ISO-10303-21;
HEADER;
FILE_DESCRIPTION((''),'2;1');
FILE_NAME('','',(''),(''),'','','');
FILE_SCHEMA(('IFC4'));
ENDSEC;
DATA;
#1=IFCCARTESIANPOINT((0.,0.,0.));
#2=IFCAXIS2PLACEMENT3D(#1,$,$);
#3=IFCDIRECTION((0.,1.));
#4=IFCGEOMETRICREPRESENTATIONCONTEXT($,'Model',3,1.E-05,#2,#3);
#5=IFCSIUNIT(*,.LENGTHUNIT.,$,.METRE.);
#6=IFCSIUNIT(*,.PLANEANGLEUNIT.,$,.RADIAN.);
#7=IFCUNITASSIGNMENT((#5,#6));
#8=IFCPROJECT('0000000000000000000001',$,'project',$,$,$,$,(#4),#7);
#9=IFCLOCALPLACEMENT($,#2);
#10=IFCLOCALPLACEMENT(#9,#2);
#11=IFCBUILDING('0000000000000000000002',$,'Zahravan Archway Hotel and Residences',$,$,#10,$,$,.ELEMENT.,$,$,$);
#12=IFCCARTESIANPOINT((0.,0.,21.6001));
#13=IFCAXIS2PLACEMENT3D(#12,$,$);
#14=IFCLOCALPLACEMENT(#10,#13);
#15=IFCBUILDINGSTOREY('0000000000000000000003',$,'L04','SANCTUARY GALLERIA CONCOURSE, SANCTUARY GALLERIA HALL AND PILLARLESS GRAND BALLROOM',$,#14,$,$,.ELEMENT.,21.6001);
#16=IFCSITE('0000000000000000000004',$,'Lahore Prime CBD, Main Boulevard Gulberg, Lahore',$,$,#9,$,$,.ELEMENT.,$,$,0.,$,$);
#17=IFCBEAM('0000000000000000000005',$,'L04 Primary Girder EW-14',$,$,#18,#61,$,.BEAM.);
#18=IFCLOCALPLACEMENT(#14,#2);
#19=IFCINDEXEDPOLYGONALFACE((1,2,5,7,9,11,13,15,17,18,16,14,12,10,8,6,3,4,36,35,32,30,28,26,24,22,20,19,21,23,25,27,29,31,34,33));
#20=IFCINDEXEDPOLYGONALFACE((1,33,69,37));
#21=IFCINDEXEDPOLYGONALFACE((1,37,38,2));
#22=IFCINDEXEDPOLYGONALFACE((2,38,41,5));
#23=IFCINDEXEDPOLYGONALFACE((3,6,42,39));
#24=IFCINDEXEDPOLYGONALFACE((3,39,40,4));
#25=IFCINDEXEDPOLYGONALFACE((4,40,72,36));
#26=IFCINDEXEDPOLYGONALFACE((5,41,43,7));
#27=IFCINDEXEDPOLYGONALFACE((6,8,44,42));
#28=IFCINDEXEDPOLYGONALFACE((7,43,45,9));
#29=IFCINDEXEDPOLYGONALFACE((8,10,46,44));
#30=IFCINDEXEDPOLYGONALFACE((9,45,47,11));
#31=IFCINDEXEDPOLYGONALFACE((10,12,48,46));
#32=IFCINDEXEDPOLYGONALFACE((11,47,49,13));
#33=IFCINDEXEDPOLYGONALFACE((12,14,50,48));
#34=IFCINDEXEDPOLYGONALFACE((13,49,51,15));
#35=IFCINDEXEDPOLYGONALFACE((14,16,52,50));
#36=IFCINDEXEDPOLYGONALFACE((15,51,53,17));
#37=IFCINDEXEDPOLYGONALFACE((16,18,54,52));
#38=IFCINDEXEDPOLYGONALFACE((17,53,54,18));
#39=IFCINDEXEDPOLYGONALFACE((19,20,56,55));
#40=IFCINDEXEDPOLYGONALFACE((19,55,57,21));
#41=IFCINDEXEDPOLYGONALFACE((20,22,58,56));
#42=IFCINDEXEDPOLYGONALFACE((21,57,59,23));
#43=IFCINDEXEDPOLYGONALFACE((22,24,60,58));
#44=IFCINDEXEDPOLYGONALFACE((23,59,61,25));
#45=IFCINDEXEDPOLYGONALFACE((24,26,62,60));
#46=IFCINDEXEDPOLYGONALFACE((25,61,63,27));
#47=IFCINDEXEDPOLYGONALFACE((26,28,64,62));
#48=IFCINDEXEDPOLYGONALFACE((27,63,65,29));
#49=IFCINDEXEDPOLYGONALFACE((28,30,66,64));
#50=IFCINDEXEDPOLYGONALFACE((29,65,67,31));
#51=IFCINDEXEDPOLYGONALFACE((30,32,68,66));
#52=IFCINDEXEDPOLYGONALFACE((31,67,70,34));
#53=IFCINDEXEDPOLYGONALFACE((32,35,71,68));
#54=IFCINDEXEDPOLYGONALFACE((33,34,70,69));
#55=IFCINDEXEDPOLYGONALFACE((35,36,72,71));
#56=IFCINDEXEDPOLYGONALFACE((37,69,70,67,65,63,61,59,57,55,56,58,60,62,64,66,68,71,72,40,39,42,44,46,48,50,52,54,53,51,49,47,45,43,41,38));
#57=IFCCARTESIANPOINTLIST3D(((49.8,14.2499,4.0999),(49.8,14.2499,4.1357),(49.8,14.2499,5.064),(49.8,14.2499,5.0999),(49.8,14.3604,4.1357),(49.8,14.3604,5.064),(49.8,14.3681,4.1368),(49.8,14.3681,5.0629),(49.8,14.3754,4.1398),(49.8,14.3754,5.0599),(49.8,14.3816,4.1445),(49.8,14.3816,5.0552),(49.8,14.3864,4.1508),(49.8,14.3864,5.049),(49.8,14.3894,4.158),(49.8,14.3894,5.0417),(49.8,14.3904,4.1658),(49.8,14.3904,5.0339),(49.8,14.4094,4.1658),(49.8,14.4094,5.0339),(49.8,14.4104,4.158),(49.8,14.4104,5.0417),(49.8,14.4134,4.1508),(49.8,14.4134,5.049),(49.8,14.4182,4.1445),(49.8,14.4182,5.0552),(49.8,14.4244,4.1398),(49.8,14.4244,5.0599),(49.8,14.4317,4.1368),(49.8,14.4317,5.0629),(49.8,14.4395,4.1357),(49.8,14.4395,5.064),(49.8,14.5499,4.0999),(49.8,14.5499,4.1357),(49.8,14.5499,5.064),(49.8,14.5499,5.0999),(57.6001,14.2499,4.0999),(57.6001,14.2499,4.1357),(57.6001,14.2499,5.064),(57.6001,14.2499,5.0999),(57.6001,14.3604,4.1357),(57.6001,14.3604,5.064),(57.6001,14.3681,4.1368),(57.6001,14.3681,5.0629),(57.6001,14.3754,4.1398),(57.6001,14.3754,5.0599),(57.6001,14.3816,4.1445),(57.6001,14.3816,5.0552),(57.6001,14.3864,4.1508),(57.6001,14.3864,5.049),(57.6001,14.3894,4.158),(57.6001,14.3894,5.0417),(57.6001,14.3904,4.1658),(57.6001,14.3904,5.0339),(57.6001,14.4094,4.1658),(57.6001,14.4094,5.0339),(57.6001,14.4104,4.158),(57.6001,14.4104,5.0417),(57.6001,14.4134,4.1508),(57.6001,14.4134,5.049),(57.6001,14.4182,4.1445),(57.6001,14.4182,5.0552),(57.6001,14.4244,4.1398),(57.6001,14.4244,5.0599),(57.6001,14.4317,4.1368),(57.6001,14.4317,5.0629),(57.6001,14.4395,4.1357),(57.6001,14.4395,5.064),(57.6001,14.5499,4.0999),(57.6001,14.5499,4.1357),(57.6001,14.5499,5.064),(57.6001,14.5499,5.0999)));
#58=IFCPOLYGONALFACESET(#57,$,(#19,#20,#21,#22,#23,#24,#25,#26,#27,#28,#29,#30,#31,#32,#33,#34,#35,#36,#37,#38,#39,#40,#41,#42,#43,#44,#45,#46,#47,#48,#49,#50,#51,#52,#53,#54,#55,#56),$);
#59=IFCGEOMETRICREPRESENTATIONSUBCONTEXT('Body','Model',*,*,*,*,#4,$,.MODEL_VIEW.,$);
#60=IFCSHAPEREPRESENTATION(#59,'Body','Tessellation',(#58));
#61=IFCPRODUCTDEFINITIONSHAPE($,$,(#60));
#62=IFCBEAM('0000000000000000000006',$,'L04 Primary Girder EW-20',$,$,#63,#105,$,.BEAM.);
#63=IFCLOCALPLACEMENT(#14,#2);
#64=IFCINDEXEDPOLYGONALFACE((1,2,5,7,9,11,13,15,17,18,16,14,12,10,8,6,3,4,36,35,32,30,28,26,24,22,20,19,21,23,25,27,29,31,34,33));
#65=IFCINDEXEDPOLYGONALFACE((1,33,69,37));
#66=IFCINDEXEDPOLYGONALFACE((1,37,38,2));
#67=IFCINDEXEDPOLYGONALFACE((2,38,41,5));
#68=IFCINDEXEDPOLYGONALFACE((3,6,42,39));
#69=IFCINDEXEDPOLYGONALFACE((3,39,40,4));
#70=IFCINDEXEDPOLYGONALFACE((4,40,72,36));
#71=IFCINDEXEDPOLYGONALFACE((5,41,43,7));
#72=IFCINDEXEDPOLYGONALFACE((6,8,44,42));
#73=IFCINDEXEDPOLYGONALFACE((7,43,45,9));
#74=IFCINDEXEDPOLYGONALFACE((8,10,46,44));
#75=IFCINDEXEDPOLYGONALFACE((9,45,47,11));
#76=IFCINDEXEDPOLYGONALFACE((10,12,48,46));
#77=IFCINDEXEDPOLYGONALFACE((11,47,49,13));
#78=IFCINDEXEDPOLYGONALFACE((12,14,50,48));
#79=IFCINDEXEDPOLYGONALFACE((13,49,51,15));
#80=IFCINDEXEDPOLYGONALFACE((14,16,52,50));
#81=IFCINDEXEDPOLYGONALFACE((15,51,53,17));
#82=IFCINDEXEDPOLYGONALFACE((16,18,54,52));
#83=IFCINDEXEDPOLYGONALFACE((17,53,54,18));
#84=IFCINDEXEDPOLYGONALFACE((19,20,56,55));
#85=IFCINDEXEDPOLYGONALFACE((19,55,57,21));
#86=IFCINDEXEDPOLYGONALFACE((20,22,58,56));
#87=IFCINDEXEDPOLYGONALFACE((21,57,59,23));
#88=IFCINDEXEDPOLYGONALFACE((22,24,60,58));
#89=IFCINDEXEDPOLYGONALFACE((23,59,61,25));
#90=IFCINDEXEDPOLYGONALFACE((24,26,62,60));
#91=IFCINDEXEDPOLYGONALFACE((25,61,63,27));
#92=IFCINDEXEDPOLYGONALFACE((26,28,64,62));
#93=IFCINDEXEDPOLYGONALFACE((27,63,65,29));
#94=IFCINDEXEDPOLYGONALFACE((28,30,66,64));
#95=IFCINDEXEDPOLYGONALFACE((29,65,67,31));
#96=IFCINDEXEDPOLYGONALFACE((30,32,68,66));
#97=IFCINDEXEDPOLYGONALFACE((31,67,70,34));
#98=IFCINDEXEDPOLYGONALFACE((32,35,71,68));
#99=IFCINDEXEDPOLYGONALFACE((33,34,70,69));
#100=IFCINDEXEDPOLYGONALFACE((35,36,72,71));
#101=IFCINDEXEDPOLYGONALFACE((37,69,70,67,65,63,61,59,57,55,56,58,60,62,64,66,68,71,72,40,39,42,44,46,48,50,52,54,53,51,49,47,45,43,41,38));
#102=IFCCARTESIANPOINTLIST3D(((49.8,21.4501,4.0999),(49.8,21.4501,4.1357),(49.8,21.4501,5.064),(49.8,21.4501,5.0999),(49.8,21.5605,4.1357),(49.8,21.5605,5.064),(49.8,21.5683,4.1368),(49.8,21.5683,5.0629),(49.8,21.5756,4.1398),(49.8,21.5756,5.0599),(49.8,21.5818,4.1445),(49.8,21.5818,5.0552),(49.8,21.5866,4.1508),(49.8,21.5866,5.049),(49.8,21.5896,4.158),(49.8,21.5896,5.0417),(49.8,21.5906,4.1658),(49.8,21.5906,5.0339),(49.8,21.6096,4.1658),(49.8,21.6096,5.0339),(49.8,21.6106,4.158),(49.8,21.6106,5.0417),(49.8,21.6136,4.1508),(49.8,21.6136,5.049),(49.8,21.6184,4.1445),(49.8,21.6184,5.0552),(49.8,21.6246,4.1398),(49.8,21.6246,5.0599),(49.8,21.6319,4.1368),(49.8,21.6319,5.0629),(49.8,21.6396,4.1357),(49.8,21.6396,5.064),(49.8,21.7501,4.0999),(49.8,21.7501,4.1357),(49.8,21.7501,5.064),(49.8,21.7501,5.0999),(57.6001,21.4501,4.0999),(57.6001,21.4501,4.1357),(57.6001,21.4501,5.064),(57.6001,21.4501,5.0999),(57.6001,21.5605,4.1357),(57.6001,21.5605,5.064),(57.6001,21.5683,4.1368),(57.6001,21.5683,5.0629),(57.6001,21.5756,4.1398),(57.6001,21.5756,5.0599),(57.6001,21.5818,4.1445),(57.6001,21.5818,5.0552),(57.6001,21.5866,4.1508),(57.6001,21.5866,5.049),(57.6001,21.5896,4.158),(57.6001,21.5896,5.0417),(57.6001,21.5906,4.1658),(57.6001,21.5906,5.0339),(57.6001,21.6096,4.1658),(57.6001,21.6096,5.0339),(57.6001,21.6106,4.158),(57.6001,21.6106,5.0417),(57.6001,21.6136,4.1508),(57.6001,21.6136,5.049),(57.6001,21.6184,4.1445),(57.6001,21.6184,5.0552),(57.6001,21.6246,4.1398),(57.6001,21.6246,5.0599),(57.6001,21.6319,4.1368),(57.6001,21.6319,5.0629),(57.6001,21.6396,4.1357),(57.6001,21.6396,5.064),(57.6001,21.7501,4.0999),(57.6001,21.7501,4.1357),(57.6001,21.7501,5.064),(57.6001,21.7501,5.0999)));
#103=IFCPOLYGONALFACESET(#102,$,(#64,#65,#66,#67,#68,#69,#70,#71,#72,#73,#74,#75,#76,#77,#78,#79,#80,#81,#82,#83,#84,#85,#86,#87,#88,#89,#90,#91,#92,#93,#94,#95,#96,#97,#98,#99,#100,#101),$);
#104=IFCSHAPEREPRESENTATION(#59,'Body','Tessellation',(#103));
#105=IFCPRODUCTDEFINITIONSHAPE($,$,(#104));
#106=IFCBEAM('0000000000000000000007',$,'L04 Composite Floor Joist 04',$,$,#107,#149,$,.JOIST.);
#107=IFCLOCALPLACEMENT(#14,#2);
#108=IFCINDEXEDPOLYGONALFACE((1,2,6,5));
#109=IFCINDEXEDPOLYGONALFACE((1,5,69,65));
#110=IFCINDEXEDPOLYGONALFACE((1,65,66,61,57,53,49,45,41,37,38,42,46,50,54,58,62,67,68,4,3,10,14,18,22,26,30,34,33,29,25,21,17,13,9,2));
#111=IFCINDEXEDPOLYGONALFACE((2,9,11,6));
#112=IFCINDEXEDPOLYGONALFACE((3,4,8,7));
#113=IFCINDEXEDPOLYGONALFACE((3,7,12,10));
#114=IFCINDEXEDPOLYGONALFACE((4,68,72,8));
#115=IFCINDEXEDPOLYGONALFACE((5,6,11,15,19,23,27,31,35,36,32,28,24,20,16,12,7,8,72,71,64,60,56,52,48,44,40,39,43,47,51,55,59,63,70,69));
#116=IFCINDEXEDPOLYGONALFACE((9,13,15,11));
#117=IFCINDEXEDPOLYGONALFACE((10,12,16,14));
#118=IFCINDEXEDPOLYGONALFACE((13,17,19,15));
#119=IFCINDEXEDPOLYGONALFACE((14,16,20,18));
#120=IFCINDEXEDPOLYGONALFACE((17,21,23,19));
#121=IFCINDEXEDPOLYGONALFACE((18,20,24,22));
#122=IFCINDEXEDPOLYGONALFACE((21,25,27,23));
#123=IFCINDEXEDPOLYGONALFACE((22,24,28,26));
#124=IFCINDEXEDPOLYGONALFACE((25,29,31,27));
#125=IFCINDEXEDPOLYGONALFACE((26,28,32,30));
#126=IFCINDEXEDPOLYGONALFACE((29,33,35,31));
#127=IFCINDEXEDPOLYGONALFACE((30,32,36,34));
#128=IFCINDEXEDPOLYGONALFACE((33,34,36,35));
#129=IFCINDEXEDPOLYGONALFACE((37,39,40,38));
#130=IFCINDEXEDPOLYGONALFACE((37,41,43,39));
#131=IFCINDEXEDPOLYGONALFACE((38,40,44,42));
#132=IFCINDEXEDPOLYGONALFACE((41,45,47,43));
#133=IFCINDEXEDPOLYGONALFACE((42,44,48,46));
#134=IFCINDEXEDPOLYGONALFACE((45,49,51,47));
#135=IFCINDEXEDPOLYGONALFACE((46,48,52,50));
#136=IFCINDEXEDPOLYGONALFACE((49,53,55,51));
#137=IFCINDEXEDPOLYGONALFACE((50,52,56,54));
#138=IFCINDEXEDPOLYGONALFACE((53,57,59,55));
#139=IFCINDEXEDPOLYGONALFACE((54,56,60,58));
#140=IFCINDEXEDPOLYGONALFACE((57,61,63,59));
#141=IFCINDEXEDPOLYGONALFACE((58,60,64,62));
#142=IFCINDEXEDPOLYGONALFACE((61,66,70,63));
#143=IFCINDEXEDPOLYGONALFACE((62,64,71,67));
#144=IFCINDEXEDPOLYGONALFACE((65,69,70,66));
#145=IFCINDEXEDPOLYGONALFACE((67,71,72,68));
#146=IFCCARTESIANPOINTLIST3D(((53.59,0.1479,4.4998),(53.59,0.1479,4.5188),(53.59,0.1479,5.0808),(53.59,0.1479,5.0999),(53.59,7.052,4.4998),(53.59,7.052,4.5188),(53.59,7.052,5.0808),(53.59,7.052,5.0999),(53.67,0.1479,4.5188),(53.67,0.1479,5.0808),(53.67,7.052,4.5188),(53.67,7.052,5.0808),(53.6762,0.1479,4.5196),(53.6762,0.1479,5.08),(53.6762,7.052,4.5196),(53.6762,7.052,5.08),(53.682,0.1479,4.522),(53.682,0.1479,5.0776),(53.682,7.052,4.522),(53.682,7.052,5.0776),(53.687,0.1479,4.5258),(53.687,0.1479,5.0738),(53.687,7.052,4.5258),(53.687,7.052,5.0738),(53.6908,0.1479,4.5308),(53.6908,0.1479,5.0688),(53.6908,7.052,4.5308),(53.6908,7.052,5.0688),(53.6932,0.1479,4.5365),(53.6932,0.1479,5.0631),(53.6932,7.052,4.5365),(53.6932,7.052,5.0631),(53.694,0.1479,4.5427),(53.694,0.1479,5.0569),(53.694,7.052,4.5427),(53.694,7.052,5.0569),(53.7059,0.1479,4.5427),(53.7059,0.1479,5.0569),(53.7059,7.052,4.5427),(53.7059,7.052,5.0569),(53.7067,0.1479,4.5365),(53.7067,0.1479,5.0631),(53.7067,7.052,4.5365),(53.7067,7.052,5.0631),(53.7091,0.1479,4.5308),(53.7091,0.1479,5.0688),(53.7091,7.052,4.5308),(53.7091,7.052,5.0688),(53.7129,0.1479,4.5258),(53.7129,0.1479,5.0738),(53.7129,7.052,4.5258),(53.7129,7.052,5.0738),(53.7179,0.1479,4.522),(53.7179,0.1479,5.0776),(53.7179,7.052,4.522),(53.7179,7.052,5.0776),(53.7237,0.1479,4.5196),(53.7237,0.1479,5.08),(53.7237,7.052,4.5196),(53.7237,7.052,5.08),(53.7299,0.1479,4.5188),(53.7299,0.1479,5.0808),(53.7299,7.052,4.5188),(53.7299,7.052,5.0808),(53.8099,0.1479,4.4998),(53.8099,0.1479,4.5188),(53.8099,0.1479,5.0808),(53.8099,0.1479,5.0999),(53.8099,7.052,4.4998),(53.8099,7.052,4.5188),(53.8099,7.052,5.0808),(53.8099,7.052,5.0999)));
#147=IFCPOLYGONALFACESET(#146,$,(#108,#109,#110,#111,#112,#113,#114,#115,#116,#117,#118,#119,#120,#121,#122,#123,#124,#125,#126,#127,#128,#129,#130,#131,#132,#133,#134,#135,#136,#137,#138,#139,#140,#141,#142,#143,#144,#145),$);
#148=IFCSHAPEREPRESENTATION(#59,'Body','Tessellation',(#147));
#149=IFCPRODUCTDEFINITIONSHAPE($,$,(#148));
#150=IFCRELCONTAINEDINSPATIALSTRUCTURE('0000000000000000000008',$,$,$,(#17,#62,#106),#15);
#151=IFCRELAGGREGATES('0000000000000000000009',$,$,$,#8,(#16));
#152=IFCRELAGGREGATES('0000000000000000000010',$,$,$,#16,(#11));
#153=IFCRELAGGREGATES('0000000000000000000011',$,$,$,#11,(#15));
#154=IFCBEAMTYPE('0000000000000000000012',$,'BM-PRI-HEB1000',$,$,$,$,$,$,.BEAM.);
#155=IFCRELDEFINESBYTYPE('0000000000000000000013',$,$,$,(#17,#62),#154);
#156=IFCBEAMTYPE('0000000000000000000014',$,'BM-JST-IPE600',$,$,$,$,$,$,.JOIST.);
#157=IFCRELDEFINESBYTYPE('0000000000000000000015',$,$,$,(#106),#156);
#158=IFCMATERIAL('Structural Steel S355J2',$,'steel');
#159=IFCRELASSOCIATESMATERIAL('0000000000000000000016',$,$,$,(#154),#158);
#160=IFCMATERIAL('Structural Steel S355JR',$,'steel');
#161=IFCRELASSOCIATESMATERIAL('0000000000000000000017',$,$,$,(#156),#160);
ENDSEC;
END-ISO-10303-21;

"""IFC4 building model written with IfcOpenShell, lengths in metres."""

from ifc_helpers import new_model, si_unit, direction, frame, origin, origin_2d, place, context, subcontext, project, spatial, i_section, extrude, source, transform, mapped, material, material_profile, profile_set, type_object, type_shapes, element, save


model = new_model("IFC4")

# Units and contexts
model_context = context("Model", 3, precision=1e-05, world=origin(), true_north=direction((0.0, 1.0)))
body_context = subcontext(model_context, "Body", "Model", "MODEL_VIEW")
ifc_project = project(units=[si_unit("LENGTHUNIT", "METRE"), si_unit("PLANEANGLEUNIT", "RADIAN")], contexts=[model_context])

# Site, building, storey
site_placement = place(None, origin())
site = spatial("IfcSite", under=ifc_project, at=site_placement, Name="Lahore Prime CBD, Main Boulevard Gulberg, Lahore", CompositionType="ELEMENT", RefElevation=0.0)
building_placement = place(site_placement, origin())
building = spatial("IfcBuilding", under=site, at=building_placement, Name="Zahravan Archway Hotel and Residences", CompositionType="ELEMENT")
storey_placement = place(building_placement, frame((0.0, 0.0, 21.6001)))
storey = spatial("IfcBuildingStorey", under=building, at=storey_placement, Name="L04", Description="SANCTUARY GALLERIA CONCOURSE, SANCTUARY GALLERIA HALL AND PILLARLESS GRAND BALLROOM", CompositionType="ELEMENT", Elevation=21.6001)

# Beams
ifc_material_1 = material(Name="Structural Steel S355J2", Category="steel")
ifc_material_profile_1 = material_profile(ifc_material_1, i_section(OverallWidth=0.3, OverallDepth=1.0, WebThickness=0.019, FlangeThickness=0.0359, FilletRadius=0.03, at=origin_2d()), Name="HEB 1000", Category="steel")
ifc_profile_set_1 = profile_set([ifc_material_profile_1], Name="Structural Steel S355J2")
beam_type_1 = type_object("IfcBeamType", Name="BM-PRI-HEB1000", PredefinedType="BEAM", material=ifc_profile_set_1)
shared_shape_1 = source(origin(), body_context, "Body", "SweptSolid", [
    extrude(i_section(OverallWidth=0.3, OverallDepth=1.0, WebThickness=0.019, FlangeThickness=0.0359, FilletRadius=0.03, at=origin_2d()), origin(), (0.0, 0.0, 1.0), 7.8),
])
for number, where, z_axis, x_axis, name in (
    (1, (49.8, 14.3999, 4.5999), (1.0, 0.0, 0.0), (0.0, 1.0, 0.0), "L04 Primary Girder EW-14"),
    (2, (49.8, 21.6001, 4.5999), (1.0, 0.0, 0.0), (0.0, 1.0, 0.0), "L04 Primary Girder EW-20"),
):
    element("IfcBeam", number, at=place(storey_placement, frame(where, z_axis=z_axis, x_axis=x_axis)), inside=storey, type_object=beam_type_1, Name=name, PredefinedType="BEAM", context=body_context, shape_type="MappedRepresentation", body=[
        mapped(shared_shape_1, transform((0.0, 0.0, 0.0), scale=1.0)),
    ])
ifc_material_2 = material(Name="Structural Steel S355JR", Category="steel")
ifc_material_profile_2 = material_profile(ifc_material_2, i_section(OverallWidth=0.22, OverallDepth=0.6001, WebThickness=0.012, FlangeThickness=0.019, FilletRadius=0.0239, at=origin_2d()), Name="IPE 600", Category="steel")
ifc_profile_set_2 = profile_set([ifc_material_profile_2], Name="Structural Steel S355JR")
beam_type_2 = type_object("IfcBeamType", Name="BM-JST-IPE600", PredefinedType="JOIST", material=ifc_profile_set_2)
shared_shape_2 = source(origin(), body_context, "Body", "SweptSolid", [
    extrude(i_section(OverallWidth=0.22, OverallDepth=0.6001, WebThickness=0.012, FlangeThickness=0.019, FilletRadius=0.0239, at=origin_2d()), origin(), (0.0, 0.0, 1.0), 6.9041),
])
type_shapes(beam_type_2, [shared_shape_2])
beam_1_placement = place(storey_placement, frame((53.7, 0.1479, 4.7998), z_axis=(0.0, 1.0, 0.0), x_axis=(-1.0, 0.0, 0.0)))
element("IfcBeam", 3, at=beam_1_placement, inside=storey, type_object=beam_type_2, Name="L04 Composite Floor Joist 04", PredefinedType="JOIST", context=body_context, shape_type="MappedRepresentation", body=[
    mapped(shared_shape_2, transform((0.0, 0.0, 0.0), scale=1.0)),
])

save(model, "model.ifc")
